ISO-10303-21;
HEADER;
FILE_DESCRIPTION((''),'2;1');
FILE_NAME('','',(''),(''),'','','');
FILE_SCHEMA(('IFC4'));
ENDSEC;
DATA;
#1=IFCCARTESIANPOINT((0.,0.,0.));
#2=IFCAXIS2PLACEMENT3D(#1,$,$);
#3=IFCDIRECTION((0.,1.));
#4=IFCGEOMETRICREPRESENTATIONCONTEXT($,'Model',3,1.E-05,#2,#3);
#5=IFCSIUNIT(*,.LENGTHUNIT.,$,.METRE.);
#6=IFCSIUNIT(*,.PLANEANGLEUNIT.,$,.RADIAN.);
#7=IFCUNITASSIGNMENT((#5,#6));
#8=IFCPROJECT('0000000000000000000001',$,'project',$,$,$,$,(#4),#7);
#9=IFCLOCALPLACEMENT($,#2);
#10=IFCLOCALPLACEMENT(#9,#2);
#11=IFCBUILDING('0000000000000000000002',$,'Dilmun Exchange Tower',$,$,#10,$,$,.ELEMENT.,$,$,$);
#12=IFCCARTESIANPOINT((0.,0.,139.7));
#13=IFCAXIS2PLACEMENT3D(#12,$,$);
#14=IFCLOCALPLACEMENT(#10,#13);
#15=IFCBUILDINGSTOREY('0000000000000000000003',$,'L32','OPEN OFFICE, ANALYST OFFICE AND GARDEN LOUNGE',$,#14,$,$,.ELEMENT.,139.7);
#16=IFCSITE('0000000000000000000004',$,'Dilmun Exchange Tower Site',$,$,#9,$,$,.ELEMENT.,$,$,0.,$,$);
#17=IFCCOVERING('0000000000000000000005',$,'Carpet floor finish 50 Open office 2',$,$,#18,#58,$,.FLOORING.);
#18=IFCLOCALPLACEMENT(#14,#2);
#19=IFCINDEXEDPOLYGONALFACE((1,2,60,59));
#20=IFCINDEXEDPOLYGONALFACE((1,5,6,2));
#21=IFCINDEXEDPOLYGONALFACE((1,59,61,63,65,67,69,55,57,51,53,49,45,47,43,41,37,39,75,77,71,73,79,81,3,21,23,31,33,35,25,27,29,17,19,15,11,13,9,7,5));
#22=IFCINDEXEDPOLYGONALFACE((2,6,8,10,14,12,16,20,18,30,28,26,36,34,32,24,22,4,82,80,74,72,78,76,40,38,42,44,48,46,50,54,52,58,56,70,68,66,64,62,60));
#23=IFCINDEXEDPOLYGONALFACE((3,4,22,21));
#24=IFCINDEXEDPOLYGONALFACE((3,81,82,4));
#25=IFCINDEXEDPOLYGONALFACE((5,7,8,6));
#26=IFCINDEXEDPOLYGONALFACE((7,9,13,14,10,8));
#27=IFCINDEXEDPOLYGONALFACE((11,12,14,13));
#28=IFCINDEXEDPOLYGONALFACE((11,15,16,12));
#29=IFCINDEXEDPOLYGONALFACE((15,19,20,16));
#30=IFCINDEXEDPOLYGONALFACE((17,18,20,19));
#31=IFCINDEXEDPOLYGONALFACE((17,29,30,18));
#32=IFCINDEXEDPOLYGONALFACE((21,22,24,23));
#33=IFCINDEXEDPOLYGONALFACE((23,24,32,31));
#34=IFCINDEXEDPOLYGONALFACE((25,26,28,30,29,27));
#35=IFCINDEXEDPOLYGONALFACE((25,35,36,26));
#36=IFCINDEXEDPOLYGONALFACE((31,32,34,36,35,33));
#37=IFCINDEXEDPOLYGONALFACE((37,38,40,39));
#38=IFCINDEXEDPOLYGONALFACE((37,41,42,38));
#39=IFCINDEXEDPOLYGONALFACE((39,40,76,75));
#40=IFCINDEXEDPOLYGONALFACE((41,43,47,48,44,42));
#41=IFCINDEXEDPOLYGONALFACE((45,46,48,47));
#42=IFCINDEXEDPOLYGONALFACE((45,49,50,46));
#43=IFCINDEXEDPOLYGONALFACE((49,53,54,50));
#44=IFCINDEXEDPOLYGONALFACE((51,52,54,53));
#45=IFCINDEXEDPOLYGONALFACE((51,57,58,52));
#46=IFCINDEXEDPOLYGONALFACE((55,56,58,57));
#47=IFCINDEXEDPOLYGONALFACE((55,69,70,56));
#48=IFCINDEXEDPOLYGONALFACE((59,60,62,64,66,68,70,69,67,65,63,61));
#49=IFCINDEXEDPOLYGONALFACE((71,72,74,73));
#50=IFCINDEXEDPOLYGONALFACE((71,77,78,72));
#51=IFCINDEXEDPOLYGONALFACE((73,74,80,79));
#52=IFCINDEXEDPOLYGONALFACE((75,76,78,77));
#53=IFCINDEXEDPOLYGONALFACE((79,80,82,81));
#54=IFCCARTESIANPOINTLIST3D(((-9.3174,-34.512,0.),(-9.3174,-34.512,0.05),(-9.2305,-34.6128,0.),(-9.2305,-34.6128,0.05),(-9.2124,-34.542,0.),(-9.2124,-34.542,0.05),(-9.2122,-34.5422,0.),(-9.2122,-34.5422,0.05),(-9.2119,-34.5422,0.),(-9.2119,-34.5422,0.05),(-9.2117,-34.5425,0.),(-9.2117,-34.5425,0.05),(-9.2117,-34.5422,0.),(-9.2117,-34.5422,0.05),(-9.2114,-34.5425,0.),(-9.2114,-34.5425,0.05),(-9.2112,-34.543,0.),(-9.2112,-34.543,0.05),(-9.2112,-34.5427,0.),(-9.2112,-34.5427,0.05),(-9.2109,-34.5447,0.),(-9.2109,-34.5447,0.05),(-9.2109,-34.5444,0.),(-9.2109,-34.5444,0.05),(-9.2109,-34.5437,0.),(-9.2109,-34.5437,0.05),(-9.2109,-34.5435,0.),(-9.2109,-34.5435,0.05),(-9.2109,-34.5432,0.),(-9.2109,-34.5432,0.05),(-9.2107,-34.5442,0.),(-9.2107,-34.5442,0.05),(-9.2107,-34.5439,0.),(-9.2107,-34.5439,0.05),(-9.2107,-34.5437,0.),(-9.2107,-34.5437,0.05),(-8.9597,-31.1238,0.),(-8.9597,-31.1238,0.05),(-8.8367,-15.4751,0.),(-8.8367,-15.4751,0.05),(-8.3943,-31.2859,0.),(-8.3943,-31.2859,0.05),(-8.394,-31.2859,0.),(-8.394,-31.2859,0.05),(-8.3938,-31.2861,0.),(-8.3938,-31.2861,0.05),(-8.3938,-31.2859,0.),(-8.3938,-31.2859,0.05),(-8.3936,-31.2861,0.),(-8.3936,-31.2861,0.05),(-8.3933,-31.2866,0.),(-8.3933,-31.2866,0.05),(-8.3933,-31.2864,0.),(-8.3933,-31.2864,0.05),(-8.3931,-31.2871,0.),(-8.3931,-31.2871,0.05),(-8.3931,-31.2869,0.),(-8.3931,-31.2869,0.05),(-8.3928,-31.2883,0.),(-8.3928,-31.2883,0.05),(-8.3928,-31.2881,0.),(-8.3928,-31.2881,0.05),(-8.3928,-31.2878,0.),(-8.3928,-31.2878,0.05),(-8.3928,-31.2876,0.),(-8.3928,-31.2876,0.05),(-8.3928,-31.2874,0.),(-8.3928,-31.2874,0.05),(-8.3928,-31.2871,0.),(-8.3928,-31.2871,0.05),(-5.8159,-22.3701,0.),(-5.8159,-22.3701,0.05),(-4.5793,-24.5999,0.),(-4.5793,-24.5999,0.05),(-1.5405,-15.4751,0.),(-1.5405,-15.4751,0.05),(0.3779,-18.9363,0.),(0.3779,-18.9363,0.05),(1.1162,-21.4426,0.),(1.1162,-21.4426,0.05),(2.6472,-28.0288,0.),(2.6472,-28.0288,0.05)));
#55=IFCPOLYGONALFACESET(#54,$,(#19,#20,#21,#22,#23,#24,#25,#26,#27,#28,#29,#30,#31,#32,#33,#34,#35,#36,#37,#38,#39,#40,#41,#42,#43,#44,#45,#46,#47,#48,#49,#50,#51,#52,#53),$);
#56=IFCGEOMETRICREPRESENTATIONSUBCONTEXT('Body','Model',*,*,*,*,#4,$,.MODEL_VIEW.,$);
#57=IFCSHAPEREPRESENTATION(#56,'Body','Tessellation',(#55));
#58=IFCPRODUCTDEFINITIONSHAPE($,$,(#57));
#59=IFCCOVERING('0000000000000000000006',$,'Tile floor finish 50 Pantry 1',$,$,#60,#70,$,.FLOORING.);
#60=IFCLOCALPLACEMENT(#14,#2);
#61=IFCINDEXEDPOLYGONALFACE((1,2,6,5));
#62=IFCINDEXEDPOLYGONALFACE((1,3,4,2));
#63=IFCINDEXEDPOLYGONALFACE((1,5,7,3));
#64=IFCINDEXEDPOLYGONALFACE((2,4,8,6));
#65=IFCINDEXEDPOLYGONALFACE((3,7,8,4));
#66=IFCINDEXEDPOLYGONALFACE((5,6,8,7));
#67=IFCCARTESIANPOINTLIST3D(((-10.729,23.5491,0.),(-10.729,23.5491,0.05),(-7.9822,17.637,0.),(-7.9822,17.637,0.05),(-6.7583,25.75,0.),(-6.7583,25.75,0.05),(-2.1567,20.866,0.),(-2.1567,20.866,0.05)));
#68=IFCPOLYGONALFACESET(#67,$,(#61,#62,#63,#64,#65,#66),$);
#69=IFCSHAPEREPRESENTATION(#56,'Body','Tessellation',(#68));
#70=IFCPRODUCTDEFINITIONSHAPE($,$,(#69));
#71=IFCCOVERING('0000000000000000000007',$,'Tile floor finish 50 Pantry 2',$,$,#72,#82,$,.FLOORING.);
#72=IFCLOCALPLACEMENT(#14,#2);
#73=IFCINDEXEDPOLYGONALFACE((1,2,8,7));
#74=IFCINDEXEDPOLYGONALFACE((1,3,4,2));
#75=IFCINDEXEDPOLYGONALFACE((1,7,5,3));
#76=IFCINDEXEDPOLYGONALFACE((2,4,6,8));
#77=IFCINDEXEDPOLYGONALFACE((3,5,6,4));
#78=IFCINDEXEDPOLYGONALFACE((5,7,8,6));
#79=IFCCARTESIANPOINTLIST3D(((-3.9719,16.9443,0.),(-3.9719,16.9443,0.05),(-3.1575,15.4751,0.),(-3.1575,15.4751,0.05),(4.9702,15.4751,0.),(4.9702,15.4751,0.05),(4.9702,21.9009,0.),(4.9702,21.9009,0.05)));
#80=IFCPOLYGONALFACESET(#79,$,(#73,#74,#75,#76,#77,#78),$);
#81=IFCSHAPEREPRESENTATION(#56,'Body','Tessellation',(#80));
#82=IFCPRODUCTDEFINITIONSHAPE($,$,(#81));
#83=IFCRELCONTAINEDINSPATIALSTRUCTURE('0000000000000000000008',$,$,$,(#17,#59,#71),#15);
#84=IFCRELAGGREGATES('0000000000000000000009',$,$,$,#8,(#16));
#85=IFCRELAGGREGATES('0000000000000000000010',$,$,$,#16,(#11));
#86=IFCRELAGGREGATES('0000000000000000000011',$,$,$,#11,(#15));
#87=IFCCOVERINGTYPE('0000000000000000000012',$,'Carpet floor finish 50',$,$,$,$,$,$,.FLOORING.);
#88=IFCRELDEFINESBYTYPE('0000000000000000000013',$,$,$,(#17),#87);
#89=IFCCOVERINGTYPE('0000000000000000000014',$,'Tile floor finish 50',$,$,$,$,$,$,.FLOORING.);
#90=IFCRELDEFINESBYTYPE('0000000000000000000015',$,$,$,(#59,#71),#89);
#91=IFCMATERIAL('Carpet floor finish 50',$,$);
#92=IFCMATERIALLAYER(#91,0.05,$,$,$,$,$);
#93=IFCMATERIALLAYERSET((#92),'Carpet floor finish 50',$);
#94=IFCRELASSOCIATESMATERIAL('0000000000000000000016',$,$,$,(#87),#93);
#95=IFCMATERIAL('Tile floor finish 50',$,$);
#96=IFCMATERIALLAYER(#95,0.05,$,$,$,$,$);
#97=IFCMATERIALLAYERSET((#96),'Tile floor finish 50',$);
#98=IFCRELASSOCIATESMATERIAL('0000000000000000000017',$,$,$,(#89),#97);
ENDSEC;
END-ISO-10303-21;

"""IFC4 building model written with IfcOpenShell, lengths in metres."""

from ifc_helpers import new_model, si_unit, direction, frame, origin, place, context, subcontext, project, spatial, polyline, outline, extrude, material, layer, layer_set, type_object, element, save


model = new_model("IFC4")

# Units and contexts
model_context = context("Model", 3, precision=1e-05, world=origin(), true_north=direction((0.0, 1.0)))
body_context = subcontext(model_context, "Body", "Model", "MODEL_VIEW")
ifc_project = project(units=[si_unit("LENGTHUNIT", "METRE"), si_unit("PLANEANGLEUNIT", "RADIAN")], contexts=[model_context])

# Site, building, storey
site_placement = place(None, origin())
site = spatial("IfcSite", under=ifc_project, at=site_placement, Name="Dilmun Exchange Tower Site", CompositionType="ELEMENT", RefElevation=0.0)
building_placement = place(site_placement, origin())
building = spatial("IfcBuilding", under=site, at=building_placement, Name="Dilmun Exchange Tower", CompositionType="ELEMENT")
storey_placement = place(building_placement, frame((0.0, 0.0, 139.7)))
storey = spatial("IfcBuildingStorey", under=building, at=storey_placement, Name="L32", Description="OPEN OFFICE, ANALYST OFFICE AND GARDEN LOUNGE", CompositionType="ELEMENT", Elevation=139.7)

# Coverings
ifc_material_1 = material(Name="Carpet floor finish 50")
ifc_layer_1 = layer(ifc_material_1, 0.05)
ifc_layer_set_1 = layer_set([ifc_layer_1], Name="Carpet floor finish 50")
covering_type_1 = type_object("IfcCoveringType", Name="Carpet floor finish 50", PredefinedType="FLOORING", material=ifc_layer_set_1)
covering_1_placement = place(storey_placement, origin())
element("IfcCovering", 1, at=covering_1_placement, inside=storey, type_object=covering_type_1, Name="Carpet floor finish 50 Open office 2", PredefinedType="FLOORING", context=body_context, shape_type="SweptSolid", body=[
    extrude(outline(polyline([(-8.8367, -15.4751), (-1.5405, -15.4751), (0.3779, -18.9363), (-5.8159, -22.3701), (-4.5793, -24.5999), (1.1162, -21.4426), (2.6472, -28.0288), (-9.2305, -34.6128), (-9.2109, -34.5447), (-9.2109, -34.5444), (-9.2107, -34.5442), (-9.2107, -34.5439), (-9.2107, -34.5437), (-9.2109, -34.5437), (-9.2109, -34.5435), (-9.2109, -34.5432), (-9.2112, -34.543), (-9.2112, -34.543), (-9.2112, -34.5427), (-9.2114, -34.5425), (-9.2117, -34.5425), (-9.2117, -34.5422), (-9.2119, -34.5422), (-9.2122, -34.5422), (-9.2124, -34.542), (-9.3174, -34.512), (-8.3928, -31.2883), (-8.3928, -31.2881), (-8.3928, -31.2881), (-8.3928, -31.2878), (-8.3928, -31.2876), (-8.3928, -31.2874), (-8.3928, -31.2871), (-8.3931, -31.2871), (-8.3931, -31.2869), (-8.3933, -31.2866), (-8.3933, -31.2866), (-8.3933, -31.2864), (-8.3936, -31.2861), (-8.3938, -31.2861), (-8.3938, -31.2859), (-8.394, -31.2859), (-8.3943, -31.2859), (-8.9597, -31.1238), (-8.8367, -15.4751)])), origin(), (0.0, 0.0, 1.0), 0.05),
])
ifc_material_2 = material(Name="Tile floor finish 50")
ifc_layer_2 = layer(ifc_material_2, 0.05)
ifc_layer_set_2 = layer_set([ifc_layer_2], Name="Tile floor finish 50")
covering_type_2 = type_object("IfcCoveringType", Name="Tile floor finish 50", PredefinedType="FLOORING", material=ifc_layer_set_2)
covering_2_placement = place(storey_placement, origin())
element("IfcCovering", 2, at=covering_2_placement, inside=storey, type_object=covering_type_2, Name="Tile floor finish 50 Pantry 1", PredefinedType="FLOORING", context=body_context, shape_type="SweptSolid", body=[
    extrude(outline(polyline([(-10.729, 23.5491), (-6.7583, 25.75), (-2.1567, 20.866), (-7.9822, 17.637), (-10.729, 23.5491)])), origin(), (0.0, 0.0, 1.0), 0.05),
])
covering_3_placement = place(storey_placement, origin())
element("IfcCovering", 3, at=covering_3_placement, inside=storey, type_object=covering_type_2, Name="Tile floor finish 50 Pantry 2", PredefinedType="FLOORING", context=body_context, shape_type="SweptSolid", body=[
    extrude(outline(polyline([(4.9702, 15.4751), (-3.1575, 15.4751), (-3.9719, 16.9443), (4.9702, 21.9009), (4.9702, 15.4751)])), origin(), (0.0, 0.0, 1.0), 0.05),
])

save(model, "model.ifc")
